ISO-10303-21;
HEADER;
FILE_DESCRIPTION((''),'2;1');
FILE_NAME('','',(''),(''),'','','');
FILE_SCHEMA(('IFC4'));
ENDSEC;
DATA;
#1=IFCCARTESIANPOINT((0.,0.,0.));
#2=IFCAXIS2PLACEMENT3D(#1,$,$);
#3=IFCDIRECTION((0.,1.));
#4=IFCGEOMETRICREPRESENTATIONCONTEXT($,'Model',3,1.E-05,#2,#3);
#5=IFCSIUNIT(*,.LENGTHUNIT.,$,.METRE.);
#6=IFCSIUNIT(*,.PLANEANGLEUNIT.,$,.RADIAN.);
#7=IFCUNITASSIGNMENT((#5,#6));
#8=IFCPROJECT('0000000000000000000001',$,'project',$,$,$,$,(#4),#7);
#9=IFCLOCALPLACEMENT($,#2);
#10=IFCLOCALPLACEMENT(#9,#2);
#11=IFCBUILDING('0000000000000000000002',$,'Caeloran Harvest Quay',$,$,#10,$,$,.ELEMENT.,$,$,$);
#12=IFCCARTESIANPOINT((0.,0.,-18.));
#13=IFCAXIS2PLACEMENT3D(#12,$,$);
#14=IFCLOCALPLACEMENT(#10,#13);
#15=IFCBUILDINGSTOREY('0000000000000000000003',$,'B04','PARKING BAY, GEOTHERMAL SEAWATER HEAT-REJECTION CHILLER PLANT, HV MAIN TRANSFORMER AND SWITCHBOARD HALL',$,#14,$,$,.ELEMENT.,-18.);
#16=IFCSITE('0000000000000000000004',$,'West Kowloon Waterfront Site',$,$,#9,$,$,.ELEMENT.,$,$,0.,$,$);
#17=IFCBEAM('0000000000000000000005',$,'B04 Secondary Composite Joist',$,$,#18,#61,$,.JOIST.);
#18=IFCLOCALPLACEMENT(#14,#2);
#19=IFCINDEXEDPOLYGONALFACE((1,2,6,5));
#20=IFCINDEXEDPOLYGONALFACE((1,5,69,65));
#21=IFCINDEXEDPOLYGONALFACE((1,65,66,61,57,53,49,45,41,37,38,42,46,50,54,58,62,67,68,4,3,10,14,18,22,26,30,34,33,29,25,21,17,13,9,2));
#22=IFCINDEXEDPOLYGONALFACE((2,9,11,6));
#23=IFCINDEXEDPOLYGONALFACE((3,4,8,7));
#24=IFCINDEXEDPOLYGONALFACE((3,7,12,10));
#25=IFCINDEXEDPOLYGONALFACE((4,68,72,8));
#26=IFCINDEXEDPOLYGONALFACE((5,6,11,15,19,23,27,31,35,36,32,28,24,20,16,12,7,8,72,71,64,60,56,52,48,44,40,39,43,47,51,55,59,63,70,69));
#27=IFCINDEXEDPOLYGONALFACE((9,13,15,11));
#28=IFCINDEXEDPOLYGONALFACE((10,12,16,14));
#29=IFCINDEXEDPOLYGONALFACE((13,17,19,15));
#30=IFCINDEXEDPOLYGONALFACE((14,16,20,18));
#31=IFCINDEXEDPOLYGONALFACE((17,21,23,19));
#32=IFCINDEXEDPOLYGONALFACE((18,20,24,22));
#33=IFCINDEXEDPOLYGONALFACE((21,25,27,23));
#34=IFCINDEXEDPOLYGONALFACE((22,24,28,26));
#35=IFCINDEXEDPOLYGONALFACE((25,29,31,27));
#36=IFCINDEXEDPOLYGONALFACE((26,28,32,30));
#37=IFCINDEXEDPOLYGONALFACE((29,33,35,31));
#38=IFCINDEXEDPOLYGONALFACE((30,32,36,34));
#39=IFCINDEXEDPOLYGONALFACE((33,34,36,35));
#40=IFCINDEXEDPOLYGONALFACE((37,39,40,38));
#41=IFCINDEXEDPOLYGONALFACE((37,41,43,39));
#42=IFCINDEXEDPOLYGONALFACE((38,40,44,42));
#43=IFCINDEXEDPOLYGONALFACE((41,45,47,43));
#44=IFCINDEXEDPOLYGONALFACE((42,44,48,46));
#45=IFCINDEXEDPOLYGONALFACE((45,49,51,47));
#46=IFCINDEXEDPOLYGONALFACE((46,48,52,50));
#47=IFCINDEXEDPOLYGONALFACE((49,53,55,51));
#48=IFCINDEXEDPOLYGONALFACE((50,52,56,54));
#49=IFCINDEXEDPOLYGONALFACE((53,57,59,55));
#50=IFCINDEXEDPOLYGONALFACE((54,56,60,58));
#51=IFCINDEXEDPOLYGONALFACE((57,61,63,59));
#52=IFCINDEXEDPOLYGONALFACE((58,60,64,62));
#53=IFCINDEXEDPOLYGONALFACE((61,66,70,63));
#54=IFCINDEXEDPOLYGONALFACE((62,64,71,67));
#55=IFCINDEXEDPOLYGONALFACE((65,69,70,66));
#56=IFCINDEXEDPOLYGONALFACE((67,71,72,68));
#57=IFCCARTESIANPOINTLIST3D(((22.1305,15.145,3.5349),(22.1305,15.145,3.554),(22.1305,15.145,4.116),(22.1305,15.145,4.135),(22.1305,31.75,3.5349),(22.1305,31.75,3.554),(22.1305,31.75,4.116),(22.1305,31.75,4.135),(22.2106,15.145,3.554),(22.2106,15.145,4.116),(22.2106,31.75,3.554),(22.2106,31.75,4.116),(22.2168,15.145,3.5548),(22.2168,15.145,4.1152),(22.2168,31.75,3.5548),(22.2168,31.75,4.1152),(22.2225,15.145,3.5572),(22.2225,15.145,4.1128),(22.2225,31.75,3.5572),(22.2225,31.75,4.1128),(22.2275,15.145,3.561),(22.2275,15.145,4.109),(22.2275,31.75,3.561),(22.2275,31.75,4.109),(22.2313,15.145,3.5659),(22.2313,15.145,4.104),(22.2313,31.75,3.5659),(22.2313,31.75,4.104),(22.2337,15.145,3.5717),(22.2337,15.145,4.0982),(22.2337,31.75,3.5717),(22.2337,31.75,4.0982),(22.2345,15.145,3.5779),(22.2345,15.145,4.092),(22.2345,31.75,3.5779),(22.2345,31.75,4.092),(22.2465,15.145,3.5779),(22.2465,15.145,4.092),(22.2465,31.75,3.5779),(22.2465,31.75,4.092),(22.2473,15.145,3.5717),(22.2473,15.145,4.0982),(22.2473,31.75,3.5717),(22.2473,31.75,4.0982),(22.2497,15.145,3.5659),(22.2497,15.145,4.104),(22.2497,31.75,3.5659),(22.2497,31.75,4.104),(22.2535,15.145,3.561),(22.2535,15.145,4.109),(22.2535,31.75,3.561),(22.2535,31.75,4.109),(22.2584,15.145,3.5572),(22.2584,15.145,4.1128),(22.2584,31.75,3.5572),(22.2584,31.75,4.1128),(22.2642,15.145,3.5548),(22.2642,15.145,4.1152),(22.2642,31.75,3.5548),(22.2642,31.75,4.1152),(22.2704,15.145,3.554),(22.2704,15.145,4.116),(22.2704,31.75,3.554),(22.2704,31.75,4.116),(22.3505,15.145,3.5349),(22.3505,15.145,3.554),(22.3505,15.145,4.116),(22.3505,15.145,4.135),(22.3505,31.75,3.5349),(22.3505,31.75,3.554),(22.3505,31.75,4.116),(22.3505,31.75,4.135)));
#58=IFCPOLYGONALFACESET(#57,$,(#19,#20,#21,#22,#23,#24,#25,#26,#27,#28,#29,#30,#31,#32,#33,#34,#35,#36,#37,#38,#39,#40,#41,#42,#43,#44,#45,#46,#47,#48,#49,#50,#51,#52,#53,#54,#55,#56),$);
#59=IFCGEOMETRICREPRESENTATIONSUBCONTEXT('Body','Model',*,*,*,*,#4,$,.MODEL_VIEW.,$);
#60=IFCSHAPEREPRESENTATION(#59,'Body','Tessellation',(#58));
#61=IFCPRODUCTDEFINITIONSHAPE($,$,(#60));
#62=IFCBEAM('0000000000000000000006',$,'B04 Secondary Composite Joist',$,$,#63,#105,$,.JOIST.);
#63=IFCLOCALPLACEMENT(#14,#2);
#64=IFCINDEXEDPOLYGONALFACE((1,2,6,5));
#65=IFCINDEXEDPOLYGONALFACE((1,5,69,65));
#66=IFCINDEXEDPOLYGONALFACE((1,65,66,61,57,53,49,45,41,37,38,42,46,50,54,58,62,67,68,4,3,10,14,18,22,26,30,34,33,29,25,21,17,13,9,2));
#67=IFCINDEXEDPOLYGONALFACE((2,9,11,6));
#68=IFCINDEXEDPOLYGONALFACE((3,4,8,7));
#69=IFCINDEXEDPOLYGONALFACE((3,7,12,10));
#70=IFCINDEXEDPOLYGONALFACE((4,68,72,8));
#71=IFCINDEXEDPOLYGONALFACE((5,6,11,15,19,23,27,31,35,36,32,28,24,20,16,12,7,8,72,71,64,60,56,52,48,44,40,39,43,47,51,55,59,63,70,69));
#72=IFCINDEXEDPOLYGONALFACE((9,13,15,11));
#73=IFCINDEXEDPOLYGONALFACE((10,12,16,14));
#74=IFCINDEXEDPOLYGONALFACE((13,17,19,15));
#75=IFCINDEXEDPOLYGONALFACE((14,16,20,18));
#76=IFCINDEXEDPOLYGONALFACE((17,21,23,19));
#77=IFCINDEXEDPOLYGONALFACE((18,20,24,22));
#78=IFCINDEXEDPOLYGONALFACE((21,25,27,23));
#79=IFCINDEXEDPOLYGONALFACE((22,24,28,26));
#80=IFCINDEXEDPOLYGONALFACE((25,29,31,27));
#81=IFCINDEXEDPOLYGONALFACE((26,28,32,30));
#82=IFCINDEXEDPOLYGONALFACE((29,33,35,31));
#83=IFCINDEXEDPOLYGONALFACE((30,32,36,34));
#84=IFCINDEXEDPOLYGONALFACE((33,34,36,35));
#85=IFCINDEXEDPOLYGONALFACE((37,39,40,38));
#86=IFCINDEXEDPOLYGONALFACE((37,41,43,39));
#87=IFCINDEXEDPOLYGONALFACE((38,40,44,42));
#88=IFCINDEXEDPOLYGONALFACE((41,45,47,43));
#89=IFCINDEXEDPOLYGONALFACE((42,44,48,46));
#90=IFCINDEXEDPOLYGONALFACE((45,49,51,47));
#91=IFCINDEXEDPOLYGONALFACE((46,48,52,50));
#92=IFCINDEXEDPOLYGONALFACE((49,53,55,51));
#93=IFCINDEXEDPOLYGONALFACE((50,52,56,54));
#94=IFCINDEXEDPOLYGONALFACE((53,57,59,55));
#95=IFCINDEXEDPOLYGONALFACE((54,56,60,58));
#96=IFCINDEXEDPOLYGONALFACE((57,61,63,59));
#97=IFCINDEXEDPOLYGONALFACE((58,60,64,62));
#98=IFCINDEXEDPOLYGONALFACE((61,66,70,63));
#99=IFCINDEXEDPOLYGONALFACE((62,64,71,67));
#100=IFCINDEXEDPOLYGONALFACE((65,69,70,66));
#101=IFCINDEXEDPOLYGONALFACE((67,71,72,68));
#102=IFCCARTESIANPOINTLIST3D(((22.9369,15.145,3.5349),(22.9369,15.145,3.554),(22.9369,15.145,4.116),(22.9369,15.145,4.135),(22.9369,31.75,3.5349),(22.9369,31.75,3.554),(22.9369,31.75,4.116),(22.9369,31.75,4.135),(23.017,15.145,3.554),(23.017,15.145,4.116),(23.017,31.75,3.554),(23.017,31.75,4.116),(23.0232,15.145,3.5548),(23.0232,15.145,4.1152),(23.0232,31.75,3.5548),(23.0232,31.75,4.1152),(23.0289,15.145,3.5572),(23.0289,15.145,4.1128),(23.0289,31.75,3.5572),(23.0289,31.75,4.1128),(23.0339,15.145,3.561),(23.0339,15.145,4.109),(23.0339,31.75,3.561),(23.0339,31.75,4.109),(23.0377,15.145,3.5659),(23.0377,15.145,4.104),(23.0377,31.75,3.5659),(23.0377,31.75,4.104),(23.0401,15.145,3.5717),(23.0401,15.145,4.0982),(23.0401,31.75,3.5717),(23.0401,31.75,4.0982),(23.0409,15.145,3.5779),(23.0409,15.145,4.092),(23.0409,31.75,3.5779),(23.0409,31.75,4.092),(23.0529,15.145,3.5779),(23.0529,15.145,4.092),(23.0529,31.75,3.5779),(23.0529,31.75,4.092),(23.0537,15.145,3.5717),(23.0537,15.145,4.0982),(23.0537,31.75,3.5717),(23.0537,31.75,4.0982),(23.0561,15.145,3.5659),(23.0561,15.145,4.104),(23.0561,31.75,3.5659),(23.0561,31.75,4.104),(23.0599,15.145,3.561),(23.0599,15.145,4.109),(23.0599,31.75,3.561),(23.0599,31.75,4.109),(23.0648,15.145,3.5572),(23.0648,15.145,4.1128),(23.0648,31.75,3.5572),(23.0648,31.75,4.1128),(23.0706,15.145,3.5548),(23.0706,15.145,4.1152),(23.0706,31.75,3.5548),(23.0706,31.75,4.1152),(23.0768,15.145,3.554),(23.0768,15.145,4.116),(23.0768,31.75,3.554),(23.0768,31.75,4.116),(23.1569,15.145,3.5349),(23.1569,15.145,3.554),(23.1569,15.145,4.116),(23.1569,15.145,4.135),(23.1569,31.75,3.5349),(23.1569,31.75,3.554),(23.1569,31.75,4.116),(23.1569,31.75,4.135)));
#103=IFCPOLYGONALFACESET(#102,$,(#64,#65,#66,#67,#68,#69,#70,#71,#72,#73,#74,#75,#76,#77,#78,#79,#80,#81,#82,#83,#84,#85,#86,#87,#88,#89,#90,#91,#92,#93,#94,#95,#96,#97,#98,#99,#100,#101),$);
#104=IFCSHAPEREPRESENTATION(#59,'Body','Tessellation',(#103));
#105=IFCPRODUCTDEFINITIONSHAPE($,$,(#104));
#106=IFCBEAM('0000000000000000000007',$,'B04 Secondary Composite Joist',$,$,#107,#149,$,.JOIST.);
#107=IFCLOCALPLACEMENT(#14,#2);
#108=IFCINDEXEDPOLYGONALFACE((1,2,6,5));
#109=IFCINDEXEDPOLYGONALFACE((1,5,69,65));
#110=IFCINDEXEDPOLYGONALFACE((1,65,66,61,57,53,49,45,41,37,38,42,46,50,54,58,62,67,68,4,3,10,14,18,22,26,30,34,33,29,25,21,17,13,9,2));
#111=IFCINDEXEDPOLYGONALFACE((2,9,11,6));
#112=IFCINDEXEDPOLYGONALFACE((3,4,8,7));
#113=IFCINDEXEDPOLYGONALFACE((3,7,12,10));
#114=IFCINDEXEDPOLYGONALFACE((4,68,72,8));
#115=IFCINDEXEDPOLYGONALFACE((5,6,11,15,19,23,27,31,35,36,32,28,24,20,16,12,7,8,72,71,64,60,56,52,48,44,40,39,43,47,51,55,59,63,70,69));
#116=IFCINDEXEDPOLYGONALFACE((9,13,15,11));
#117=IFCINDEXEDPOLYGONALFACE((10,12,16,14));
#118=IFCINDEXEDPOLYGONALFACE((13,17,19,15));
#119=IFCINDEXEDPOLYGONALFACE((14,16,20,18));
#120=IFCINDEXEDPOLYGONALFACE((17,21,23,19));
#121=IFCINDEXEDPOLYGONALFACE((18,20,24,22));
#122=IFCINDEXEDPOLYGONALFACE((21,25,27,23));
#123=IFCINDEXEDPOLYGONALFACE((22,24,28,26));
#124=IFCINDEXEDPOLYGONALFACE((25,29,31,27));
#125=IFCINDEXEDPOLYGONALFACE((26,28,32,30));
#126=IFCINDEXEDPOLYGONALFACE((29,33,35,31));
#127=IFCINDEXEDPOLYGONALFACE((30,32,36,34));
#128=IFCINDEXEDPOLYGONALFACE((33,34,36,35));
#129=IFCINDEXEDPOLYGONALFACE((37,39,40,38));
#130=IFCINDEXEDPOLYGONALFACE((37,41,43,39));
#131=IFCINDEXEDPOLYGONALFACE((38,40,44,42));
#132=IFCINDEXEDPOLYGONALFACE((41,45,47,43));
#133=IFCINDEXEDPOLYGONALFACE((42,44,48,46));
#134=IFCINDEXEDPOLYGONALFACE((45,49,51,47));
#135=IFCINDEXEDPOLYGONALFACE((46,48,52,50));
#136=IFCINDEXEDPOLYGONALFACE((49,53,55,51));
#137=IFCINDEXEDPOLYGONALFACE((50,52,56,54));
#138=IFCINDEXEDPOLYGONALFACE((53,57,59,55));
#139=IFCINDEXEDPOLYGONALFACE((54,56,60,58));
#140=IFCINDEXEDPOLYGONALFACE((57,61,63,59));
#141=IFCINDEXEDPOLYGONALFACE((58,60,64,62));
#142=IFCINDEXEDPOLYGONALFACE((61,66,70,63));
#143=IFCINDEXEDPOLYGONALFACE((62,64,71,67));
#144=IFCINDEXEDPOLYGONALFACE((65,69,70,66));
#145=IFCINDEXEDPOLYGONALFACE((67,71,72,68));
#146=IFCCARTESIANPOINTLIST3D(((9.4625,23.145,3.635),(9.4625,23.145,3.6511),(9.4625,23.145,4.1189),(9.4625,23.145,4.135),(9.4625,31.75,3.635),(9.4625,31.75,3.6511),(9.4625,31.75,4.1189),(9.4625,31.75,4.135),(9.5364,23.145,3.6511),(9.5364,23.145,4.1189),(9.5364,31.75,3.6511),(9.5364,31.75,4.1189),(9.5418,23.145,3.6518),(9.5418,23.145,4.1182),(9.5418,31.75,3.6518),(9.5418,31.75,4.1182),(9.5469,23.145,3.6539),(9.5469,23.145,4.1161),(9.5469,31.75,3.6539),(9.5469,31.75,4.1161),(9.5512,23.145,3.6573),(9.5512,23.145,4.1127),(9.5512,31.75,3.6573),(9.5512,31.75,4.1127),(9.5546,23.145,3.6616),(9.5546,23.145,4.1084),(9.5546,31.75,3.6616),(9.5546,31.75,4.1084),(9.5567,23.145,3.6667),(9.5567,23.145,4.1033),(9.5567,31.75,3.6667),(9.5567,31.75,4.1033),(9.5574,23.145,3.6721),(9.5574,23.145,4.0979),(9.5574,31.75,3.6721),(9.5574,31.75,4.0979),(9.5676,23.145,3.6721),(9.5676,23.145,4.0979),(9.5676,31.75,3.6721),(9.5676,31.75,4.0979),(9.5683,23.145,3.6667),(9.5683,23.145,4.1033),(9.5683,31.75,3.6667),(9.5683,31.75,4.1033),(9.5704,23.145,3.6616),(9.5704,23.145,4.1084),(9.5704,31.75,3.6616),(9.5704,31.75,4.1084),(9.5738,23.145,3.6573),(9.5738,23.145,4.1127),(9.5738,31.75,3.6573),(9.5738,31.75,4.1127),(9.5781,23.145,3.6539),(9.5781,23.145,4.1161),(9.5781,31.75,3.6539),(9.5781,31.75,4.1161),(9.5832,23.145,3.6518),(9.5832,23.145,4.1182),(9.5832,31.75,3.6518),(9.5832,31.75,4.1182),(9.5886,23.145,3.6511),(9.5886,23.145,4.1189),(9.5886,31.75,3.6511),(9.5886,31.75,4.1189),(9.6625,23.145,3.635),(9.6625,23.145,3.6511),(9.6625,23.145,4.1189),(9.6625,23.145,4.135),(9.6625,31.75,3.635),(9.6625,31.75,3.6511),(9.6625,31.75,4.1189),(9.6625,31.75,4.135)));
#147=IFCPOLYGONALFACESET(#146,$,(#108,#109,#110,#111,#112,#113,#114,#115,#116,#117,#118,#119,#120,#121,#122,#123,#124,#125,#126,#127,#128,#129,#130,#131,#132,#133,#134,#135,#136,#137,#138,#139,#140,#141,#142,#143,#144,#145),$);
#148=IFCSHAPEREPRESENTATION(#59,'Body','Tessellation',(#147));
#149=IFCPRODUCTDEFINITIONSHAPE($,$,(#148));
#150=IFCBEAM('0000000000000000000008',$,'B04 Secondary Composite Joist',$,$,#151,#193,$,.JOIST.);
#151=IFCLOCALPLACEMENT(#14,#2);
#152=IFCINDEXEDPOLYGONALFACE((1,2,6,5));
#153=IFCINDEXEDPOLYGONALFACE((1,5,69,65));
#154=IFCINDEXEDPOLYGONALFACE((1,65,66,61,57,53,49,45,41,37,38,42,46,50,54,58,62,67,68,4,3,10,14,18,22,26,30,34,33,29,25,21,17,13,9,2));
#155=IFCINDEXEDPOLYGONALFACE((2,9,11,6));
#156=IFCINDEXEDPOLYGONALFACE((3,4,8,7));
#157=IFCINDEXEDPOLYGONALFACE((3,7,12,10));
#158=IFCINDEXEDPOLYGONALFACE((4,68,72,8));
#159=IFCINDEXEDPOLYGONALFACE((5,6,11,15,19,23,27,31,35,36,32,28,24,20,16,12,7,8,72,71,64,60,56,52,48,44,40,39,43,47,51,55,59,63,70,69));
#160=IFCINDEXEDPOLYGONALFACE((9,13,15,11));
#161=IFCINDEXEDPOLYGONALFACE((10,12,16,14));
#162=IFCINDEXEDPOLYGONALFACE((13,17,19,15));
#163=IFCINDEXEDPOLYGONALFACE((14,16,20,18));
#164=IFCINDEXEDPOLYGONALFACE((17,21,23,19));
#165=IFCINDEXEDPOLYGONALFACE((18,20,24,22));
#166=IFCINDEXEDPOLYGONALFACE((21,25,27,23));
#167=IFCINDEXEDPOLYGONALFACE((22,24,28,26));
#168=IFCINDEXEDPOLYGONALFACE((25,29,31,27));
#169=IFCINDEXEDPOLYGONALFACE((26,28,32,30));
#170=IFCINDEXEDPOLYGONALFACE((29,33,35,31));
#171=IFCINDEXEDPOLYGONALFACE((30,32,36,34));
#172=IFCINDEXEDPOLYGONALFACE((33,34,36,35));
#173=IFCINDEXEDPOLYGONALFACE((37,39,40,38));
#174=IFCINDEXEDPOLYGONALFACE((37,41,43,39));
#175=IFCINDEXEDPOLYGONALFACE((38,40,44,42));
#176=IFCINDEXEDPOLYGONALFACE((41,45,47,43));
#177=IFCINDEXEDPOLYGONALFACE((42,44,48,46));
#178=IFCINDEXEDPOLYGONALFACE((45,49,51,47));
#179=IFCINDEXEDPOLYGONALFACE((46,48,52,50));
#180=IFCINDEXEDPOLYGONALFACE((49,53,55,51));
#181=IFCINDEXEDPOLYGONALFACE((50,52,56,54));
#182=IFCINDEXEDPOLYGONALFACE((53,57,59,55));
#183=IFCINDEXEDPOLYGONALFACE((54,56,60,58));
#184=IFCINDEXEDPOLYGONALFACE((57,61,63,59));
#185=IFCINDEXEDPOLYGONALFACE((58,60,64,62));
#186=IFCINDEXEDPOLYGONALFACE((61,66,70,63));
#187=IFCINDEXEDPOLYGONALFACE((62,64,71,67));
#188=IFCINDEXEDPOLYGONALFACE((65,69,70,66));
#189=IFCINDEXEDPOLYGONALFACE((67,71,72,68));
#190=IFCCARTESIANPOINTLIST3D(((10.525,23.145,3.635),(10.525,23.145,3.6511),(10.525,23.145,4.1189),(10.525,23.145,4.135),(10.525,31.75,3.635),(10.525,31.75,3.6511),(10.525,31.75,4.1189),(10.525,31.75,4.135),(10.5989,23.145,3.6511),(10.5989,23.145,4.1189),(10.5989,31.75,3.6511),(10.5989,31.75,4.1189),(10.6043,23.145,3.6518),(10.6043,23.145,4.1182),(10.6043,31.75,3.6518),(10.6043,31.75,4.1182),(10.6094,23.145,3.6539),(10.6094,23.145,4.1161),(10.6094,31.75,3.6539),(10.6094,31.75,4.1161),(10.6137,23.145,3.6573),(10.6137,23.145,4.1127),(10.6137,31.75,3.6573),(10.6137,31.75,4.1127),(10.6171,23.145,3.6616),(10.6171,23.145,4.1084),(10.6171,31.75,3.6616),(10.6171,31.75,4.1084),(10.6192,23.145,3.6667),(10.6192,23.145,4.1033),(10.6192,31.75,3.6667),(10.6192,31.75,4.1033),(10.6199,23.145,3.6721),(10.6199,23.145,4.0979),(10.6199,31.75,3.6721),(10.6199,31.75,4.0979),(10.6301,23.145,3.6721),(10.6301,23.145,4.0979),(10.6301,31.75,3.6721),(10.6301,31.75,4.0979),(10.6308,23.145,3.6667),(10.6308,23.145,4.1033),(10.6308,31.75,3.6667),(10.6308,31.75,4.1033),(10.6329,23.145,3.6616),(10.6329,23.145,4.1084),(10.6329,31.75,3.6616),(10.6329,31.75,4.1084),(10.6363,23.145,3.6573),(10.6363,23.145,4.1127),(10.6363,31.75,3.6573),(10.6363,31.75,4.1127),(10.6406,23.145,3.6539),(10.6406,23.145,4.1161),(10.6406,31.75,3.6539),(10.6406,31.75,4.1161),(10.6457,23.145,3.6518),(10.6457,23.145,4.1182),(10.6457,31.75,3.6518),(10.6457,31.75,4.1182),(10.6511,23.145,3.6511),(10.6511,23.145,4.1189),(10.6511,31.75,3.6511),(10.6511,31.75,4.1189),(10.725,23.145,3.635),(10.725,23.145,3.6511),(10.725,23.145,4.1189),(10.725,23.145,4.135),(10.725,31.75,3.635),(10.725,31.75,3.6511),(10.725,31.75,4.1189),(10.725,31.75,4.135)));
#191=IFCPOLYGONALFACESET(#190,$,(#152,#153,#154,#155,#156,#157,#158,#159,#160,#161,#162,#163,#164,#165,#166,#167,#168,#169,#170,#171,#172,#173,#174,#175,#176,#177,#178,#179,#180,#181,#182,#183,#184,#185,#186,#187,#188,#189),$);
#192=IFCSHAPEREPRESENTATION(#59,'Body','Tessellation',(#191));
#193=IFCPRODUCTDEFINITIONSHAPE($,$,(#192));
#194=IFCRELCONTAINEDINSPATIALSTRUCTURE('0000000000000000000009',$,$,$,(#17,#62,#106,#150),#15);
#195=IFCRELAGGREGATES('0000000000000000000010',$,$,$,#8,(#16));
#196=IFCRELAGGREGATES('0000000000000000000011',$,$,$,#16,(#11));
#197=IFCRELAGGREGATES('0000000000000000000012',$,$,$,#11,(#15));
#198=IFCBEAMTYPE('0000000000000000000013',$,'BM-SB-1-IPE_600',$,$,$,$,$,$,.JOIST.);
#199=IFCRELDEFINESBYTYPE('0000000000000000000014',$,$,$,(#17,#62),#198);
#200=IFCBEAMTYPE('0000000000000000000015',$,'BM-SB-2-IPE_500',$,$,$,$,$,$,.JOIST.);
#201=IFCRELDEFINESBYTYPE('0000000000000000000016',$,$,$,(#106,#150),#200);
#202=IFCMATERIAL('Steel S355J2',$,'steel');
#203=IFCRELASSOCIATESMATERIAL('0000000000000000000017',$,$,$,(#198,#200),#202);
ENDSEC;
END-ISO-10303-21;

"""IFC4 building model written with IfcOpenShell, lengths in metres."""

from ifc_helpers import new_model, si_unit, direction, frame, origin, origin_2d, place, context, subcontext, project, spatial, i_section, extrude, material, material_profile, profile_set, type_object, element, save


model = new_model("IFC4")

# Units and contexts
model_context = context("Model", 3, precision=1e-05, world=origin(), true_north=direction((0.0, 1.0)))
body_context = subcontext(model_context, "Body", "Model", "MODEL_VIEW")
ifc_project = project(units=[si_unit("LENGTHUNIT", "METRE"), si_unit("PLANEANGLEUNIT", "RADIAN")], contexts=[model_context])

# Site, building, storey
site_placement = place(None, origin())
site = spatial("IfcSite", under=ifc_project, at=site_placement, Name="West Kowloon Waterfront Site", CompositionType="ELEMENT", RefElevation=0.0)
building_placement = place(site_placement, origin())
building = spatial("IfcBuilding", under=site, at=building_placement, Name="Caeloran Harvest Quay", CompositionType="ELEMENT")
storey_placement = place(building_placement, frame((0.0, 0.0, -18.0)))
storey = spatial("IfcBuildingStorey", under=building, at=storey_placement, Name="B04", Description="PARKING BAY, GEOTHERMAL SEAWATER HEAT-REJECTION CHILLER PLANT, HV MAIN TRANSFORMER AND SWITCHBOARD HALL", CompositionType="ELEMENT", Elevation=-18.0)

# Beams
ifc_material_1 = material(Name="Steel S355J2", Category="steel")
ifc_material_profile_1 = material_profile(ifc_material_1, i_section(OverallWidth=0.22, OverallDepth=0.6001, WebThickness=0.012, FlangeThickness=0.019, FilletRadius=0.0239, at=origin_2d()), Name="IPE 600")
ifc_profile_set_1 = profile_set([ifc_material_profile_1], Name="Steel S355J2")
beam_type_1 = type_object("IfcBeamType", Name="BM-SB-1-IPE_600", PredefinedType="JOIST", material=ifc_profile_set_1)
for number, where, z_axis, x_axis, name in (
    (1, (22.2405, 15.145, 3.835), (0.0, 1.0, 0.0), (-1.0, 0.0, 0.0), "B04 Secondary Composite Joist"),
    (2, (23.0469, 15.145, 3.835), (0.0, 1.0, 0.0), (-1.0, 0.0, 0.0), "B04 Secondary Composite Joist"),
):
    element("IfcBeam", number, at=place(storey_placement, frame(where, z_axis=z_axis, x_axis=x_axis)), inside=storey, type_object=beam_type_1, Name=name, PredefinedType="JOIST", context=body_context, shape_type="SweptSolid", body=[
        extrude(i_section(OverallWidth=0.22, OverallDepth=0.6001, WebThickness=0.012, FlangeThickness=0.019, FilletRadius=0.0239, at=origin_2d()), origin(), (0.0, 0.0, 1.0), 16.605),
    ])
ifc_material_profile_2 = material_profile(ifc_material_1, i_section(OverallWidth=0.2, OverallDepth=0.5, WebThickness=0.0103, FlangeThickness=0.0161, FilletRadius=0.021, at=origin_2d()), Name="IPE 500")
ifc_profile_set_2 = profile_set([ifc_material_profile_2], Name="Steel S355J2")
beam_type_2 = type_object("IfcBeamType", Name="BM-SB-2-IPE_500", PredefinedType="JOIST", material=ifc_profile_set_2)
for number, where, z_axis, x_axis, name in (
    (3, (9.5625, 23.145, 3.885), (0.0, 1.0, 0.0), (-1.0, 0.0, 0.0), "B04 Secondary Composite Joist"),
    (4, (10.625, 23.145, 3.885), (0.0, 1.0, 0.0), (-1.0, 0.0, 0.0), "B04 Secondary Composite Joist"),
):
    element("IfcBeam", number, at=place(storey_placement, frame(where, z_axis=z_axis, x_axis=x_axis)), inside=storey, type_object=beam_type_2, Name=name, PredefinedType="JOIST", context=body_context, shape_type="SweptSolid", body=[
        extrude(i_section(OverallWidth=0.2, OverallDepth=0.5, WebThickness=0.0103, FlangeThickness=0.0161, FilletRadius=0.021, at=origin_2d()), origin(), (0.0, 0.0, 1.0), 8.605),
    ])

save(model, "model.ifc")
